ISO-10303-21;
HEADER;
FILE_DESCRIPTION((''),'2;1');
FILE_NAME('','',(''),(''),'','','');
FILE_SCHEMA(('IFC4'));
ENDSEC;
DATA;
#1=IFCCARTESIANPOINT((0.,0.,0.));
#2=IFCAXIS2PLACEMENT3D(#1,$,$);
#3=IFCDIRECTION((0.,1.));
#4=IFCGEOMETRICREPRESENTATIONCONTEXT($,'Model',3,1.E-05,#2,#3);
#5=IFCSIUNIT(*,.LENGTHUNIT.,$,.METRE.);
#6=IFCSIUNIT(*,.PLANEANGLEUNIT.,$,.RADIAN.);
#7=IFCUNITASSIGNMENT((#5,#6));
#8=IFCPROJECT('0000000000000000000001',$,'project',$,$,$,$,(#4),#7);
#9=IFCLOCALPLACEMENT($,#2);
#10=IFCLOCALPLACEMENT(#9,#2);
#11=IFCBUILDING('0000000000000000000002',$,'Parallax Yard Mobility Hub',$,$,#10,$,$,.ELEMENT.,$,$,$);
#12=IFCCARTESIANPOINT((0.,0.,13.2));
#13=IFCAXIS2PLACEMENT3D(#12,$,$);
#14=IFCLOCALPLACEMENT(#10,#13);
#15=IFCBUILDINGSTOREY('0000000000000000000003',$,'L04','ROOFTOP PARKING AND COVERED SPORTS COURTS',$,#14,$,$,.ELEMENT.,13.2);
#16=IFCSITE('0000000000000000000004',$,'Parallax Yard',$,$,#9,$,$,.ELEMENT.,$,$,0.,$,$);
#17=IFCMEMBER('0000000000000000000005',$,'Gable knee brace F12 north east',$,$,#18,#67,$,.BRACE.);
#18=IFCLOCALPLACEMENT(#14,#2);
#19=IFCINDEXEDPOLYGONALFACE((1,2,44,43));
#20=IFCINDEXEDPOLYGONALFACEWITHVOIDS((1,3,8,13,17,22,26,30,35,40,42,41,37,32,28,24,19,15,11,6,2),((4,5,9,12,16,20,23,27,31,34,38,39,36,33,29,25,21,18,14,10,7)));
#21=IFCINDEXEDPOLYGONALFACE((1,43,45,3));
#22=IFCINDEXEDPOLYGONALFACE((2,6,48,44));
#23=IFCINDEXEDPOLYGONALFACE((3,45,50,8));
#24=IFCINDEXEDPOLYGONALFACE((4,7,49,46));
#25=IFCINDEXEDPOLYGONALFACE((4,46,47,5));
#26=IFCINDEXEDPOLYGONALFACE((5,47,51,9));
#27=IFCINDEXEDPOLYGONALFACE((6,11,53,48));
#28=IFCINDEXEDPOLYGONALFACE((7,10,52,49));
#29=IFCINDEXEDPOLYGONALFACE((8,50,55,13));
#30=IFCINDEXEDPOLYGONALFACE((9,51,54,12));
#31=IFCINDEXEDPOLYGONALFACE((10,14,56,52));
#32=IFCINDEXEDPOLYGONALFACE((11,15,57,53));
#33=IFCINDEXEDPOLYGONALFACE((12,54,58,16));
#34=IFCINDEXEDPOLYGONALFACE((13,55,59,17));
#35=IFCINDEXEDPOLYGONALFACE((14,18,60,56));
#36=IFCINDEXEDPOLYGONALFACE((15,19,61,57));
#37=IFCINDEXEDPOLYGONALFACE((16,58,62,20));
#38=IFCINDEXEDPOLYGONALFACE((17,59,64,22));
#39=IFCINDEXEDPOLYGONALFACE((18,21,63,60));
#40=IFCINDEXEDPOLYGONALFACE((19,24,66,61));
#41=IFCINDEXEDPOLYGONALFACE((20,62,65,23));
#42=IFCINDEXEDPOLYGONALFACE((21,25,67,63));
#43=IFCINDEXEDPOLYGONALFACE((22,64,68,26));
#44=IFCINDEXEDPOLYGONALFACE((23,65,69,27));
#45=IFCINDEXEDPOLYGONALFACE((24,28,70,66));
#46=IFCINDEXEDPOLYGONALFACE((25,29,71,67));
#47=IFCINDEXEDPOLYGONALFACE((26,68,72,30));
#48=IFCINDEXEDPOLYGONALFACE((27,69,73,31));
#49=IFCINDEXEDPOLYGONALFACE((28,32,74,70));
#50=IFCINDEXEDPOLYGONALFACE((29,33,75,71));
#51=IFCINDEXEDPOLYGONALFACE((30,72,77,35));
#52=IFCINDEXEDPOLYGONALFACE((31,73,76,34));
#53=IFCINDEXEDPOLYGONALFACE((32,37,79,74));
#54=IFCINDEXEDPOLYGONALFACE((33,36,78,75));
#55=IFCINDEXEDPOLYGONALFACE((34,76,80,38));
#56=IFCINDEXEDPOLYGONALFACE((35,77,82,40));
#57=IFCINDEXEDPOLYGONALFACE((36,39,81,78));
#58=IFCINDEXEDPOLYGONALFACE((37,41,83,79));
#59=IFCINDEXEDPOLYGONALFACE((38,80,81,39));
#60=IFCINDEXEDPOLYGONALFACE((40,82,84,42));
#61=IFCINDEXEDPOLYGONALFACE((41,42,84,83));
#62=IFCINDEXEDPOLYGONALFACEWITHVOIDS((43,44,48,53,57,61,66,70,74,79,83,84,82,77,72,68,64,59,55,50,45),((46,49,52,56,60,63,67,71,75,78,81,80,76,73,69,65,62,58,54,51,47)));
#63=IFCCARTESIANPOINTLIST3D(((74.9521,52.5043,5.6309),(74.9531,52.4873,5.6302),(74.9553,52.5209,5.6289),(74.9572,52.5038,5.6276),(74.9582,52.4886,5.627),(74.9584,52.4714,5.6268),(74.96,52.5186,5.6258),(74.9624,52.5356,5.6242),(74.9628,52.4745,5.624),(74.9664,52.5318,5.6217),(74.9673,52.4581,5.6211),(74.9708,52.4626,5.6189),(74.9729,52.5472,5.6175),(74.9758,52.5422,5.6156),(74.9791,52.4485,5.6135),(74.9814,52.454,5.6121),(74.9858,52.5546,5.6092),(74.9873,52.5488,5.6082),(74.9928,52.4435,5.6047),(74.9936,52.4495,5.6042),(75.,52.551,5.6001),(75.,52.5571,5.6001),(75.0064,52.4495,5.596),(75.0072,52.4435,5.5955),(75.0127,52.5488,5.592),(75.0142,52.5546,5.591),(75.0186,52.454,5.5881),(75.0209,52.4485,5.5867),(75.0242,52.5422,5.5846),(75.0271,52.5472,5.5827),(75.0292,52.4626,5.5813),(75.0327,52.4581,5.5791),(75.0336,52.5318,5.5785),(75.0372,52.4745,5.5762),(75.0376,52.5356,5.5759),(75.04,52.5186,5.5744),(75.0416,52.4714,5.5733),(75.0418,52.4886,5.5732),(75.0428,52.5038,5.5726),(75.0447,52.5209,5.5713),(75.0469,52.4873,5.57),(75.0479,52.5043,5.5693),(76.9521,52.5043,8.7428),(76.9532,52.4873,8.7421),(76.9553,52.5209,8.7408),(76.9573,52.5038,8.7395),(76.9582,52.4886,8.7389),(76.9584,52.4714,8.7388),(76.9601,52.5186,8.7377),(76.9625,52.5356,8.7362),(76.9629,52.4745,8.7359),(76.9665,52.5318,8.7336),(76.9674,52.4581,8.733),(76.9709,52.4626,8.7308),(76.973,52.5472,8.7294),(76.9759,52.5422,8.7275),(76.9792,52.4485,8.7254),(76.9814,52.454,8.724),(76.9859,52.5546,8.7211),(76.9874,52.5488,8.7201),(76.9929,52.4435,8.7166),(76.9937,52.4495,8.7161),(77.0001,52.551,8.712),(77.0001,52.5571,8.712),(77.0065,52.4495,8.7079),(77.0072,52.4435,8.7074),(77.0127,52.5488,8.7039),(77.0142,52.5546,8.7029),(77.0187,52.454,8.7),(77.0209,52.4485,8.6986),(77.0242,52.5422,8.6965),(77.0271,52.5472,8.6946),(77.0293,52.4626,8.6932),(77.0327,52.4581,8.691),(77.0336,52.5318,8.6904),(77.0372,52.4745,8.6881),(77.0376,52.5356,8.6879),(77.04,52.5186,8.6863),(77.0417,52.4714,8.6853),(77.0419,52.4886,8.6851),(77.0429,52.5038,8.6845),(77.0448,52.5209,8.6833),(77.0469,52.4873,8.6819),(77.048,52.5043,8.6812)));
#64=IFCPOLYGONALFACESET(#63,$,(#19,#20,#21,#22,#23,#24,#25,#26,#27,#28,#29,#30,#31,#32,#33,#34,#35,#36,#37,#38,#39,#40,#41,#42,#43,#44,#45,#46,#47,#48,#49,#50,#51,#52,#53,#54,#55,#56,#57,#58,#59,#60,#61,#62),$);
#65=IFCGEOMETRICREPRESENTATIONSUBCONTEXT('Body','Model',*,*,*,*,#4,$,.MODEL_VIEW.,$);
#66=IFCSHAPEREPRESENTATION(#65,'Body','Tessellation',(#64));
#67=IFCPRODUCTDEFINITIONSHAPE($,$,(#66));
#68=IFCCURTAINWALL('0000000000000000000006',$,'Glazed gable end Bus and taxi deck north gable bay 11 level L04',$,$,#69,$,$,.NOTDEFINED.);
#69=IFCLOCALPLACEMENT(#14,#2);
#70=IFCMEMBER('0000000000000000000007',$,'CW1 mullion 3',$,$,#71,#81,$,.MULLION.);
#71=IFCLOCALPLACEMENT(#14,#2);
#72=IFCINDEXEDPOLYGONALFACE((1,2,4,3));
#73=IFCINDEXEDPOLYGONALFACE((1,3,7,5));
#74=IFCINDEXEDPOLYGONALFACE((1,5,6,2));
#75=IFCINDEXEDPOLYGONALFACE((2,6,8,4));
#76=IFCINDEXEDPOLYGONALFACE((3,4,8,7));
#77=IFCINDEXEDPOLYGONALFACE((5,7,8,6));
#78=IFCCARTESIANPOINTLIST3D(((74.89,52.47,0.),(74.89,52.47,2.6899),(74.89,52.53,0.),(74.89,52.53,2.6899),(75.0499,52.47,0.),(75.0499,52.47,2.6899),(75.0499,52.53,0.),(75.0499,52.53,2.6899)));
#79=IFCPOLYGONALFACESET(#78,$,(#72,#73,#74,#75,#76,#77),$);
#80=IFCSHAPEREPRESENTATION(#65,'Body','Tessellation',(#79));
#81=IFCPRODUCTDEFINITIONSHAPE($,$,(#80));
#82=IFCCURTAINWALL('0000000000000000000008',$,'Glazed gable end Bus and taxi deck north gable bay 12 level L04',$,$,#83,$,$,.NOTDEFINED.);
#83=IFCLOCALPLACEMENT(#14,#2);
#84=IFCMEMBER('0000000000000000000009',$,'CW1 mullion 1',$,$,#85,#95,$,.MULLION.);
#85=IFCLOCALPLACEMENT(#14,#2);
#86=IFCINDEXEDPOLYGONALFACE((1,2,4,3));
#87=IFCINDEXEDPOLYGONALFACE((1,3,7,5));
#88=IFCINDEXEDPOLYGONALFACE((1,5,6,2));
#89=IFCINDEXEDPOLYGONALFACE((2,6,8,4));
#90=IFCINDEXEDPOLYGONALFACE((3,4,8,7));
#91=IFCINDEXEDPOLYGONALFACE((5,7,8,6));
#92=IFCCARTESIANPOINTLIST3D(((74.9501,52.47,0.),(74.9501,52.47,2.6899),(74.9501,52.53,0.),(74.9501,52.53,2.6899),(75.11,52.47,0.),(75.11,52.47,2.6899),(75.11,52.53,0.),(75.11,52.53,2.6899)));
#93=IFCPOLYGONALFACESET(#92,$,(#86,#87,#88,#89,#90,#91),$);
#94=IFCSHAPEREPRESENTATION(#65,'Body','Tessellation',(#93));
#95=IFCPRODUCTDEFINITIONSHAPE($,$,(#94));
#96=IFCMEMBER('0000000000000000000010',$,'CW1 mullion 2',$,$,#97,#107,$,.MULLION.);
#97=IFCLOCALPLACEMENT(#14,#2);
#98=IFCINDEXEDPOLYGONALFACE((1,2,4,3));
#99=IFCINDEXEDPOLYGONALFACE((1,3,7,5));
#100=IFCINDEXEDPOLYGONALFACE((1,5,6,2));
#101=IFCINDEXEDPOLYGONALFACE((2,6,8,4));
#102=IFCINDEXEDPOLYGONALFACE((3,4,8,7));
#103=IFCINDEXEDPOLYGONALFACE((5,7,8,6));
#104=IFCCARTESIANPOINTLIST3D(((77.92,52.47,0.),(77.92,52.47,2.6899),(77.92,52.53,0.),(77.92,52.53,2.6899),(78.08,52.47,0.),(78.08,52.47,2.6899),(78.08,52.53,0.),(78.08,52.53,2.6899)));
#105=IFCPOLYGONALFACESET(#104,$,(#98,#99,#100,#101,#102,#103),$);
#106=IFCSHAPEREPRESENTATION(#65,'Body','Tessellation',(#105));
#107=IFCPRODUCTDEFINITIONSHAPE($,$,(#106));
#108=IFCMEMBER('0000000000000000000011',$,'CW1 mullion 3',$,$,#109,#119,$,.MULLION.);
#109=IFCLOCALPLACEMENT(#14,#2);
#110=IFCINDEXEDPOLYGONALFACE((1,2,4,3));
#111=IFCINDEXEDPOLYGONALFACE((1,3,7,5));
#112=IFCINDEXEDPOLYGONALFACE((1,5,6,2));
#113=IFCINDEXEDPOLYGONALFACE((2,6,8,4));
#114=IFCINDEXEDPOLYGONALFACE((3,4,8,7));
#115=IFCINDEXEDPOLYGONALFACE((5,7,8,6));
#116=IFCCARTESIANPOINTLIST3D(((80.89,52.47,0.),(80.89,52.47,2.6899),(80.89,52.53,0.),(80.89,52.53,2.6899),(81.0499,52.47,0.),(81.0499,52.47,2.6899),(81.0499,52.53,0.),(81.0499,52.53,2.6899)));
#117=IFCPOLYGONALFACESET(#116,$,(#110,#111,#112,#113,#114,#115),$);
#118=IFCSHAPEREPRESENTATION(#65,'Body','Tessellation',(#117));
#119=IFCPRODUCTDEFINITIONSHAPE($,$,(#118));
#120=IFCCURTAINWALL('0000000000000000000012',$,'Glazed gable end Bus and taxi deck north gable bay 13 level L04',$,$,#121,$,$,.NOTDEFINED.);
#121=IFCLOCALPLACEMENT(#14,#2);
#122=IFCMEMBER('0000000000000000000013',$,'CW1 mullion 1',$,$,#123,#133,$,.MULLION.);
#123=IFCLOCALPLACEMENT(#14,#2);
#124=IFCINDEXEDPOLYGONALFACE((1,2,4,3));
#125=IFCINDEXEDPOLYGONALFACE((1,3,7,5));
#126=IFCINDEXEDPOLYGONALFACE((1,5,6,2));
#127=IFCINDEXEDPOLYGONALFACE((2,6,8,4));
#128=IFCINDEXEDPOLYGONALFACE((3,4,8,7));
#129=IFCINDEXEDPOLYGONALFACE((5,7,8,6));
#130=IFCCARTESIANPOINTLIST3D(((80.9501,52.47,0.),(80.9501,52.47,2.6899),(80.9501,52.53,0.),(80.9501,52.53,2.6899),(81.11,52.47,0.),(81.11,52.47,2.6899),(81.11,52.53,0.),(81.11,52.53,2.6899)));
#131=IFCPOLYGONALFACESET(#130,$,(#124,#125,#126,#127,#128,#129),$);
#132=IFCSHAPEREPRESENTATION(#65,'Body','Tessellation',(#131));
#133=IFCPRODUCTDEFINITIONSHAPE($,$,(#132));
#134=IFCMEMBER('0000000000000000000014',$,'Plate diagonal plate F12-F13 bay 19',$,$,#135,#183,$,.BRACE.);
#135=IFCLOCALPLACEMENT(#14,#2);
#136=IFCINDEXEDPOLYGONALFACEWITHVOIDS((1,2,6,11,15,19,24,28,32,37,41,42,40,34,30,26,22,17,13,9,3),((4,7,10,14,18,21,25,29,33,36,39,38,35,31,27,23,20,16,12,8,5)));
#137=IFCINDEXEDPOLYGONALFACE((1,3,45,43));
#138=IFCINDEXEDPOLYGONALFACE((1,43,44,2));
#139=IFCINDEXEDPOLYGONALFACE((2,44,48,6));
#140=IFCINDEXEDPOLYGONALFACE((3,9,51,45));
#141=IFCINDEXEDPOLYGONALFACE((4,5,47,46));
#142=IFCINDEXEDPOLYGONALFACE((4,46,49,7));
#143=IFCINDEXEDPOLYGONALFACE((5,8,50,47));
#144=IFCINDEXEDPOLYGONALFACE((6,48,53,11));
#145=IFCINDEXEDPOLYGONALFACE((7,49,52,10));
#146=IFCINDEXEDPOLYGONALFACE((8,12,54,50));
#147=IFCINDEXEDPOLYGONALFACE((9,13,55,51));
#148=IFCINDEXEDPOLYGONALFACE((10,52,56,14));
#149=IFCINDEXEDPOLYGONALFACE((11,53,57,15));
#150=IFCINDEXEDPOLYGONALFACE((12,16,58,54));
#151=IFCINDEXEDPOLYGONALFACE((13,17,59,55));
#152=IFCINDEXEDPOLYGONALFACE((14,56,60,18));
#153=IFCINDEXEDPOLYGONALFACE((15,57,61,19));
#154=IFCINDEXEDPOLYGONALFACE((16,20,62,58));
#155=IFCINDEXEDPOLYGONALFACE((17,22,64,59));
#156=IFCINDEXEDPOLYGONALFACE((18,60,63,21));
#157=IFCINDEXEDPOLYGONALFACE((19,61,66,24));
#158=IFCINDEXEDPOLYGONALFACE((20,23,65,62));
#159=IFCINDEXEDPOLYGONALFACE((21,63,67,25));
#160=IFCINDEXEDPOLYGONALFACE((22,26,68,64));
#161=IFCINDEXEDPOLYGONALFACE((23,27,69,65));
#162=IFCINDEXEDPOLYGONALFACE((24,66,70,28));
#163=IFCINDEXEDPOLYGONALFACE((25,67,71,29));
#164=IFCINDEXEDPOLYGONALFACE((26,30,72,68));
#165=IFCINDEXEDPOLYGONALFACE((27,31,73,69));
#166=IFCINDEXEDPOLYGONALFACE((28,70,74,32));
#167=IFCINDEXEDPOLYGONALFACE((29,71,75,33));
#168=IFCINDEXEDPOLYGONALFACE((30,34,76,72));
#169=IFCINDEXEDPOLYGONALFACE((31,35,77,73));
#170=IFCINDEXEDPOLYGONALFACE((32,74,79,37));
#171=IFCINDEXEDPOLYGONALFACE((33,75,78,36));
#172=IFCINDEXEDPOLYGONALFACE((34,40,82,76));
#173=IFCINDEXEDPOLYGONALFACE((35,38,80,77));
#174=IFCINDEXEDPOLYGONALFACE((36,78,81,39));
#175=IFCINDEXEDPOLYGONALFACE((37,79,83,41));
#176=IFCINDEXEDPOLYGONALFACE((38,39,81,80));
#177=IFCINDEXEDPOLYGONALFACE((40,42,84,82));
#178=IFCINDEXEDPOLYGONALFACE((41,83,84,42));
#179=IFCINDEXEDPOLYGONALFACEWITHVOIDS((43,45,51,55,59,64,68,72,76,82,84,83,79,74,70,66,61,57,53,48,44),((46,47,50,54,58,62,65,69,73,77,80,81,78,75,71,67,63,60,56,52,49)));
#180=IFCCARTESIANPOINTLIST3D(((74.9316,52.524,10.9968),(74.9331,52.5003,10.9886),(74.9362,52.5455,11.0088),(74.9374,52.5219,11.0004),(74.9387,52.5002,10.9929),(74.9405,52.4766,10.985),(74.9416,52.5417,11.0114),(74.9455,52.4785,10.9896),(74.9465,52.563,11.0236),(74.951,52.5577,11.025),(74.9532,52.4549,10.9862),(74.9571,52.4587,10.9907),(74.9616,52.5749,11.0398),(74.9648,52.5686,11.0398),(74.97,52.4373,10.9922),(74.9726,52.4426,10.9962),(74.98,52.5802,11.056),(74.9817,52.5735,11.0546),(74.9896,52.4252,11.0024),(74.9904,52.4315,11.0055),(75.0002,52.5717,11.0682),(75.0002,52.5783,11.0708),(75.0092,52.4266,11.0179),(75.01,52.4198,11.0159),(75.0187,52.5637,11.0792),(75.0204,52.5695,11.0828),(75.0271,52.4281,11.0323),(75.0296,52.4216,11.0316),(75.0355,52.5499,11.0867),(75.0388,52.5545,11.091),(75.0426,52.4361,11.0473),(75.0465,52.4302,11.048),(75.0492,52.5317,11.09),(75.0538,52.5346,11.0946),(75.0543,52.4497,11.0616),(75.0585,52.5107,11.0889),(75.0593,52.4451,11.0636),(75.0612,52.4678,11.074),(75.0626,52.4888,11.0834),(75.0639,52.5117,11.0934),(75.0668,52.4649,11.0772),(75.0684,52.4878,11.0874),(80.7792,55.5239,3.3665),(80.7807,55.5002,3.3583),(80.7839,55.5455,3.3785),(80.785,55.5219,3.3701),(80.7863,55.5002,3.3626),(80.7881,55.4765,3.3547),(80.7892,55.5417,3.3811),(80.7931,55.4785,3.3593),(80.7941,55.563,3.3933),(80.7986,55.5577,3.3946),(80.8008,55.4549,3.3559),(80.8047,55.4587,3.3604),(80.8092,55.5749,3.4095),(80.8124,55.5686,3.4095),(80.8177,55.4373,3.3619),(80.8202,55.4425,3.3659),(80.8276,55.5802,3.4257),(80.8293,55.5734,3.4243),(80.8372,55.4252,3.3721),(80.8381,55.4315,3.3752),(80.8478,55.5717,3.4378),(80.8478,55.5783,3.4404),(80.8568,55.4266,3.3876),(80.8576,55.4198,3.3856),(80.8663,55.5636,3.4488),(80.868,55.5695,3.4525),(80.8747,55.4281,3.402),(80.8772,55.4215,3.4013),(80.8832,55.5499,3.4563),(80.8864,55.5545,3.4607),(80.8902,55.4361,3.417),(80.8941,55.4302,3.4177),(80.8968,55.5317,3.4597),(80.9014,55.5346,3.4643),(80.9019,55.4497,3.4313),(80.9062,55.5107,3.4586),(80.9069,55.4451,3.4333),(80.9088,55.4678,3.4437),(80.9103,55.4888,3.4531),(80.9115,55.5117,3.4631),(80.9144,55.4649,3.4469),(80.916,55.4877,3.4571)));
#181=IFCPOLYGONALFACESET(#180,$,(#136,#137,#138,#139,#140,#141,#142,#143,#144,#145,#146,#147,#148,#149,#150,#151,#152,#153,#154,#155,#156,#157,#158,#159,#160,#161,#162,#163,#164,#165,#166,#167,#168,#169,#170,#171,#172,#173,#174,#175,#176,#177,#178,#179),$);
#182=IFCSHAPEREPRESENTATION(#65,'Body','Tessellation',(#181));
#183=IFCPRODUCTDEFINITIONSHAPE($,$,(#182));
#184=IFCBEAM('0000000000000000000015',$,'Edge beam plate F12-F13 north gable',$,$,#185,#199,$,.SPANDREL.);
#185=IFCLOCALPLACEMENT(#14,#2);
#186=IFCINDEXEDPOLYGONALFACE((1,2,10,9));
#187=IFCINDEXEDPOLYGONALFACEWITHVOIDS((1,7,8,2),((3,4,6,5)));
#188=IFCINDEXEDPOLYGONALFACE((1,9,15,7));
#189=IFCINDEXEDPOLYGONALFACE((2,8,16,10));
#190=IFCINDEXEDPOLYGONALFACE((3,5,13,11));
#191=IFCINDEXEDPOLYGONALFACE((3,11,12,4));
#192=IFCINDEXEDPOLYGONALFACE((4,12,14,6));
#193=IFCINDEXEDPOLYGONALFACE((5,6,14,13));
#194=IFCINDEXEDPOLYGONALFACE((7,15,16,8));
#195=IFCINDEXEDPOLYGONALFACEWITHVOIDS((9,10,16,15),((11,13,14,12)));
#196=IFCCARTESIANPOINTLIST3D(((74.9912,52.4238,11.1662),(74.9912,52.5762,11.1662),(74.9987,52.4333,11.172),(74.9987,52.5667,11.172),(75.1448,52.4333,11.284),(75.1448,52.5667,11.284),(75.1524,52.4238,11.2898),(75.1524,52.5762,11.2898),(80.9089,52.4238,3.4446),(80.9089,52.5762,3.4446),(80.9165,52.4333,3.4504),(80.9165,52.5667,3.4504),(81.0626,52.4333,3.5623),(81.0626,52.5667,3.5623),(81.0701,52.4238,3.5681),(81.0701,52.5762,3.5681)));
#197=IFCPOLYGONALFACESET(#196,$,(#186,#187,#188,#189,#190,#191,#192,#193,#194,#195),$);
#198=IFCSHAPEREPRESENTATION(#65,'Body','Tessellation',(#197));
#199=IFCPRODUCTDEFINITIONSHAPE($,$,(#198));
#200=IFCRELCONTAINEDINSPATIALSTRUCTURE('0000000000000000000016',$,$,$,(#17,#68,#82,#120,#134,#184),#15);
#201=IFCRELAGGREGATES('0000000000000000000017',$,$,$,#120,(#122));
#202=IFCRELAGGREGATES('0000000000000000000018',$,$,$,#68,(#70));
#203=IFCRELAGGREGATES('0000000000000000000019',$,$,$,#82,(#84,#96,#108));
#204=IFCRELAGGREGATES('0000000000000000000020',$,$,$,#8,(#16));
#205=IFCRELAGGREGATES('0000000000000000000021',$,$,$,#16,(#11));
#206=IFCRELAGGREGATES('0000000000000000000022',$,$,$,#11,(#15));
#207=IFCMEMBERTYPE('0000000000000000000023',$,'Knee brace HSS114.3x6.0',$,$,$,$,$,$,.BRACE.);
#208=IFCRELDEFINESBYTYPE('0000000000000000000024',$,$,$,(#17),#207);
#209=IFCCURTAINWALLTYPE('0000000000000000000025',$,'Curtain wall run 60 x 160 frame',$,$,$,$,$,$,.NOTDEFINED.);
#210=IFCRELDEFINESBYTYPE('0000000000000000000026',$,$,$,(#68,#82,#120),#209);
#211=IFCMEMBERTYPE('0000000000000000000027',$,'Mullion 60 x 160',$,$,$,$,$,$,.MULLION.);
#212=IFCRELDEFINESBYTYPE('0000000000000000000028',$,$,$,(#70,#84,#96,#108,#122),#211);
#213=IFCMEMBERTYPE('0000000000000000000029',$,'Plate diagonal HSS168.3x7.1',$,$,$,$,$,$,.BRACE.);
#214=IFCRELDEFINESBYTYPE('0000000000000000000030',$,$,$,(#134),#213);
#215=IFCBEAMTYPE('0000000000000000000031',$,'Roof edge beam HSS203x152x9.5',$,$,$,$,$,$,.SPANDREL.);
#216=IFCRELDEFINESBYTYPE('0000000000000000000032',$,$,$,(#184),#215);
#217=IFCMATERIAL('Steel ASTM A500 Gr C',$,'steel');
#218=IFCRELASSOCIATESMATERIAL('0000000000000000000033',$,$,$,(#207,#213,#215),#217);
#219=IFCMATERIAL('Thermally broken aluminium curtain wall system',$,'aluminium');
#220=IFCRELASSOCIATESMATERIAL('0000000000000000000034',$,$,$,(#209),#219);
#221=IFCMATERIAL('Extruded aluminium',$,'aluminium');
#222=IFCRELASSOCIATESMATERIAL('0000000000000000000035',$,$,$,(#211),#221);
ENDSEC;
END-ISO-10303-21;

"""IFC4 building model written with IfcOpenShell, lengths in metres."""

from ifc_helpers import new_model, si_unit, direction, frame, origin, origin_2d, place, context, subcontext, project, spatial, rectangle, hollow_rectangle, hollow_circle, extrude, material, material_profile, profile_set, type_object, element, aggregate, save


model = new_model("IFC4")

# Units and contexts
model_context = context("Model", 3, precision=1e-05, world=origin(), true_north=direction((0.0, 1.0)))
body_context = subcontext(model_context, "Body", "Model", "MODEL_VIEW")
ifc_project = project(units=[si_unit("LENGTHUNIT", "METRE"), si_unit("PLANEANGLEUNIT", "RADIAN")], contexts=[model_context])

# Site, building, storey
site_placement = place(None, origin())
site = spatial("IfcSite", under=ifc_project, at=site_placement, Name="Parallax Yard", CompositionType="ELEMENT", RefElevation=0.0)
building_placement = place(site_placement, origin())
building = spatial("IfcBuilding", under=site, at=building_placement, Name="Parallax Yard Mobility Hub", CompositionType="ELEMENT")
storey_placement = place(building_placement, frame((0.0, 0.0, 13.2)))
storey = spatial("IfcBuildingStorey", under=building, at=storey_placement, Name="L04", Description="ROOFTOP PARKING AND COVERED SPORTS COURTS", CompositionType="ELEMENT", Elevation=13.2)

# Member
ifc_material_1 = material(Name="Steel ASTM A500 Gr C", Category="steel")
ifc_material_profile_1 = material_profile(ifc_material_1, hollow_circle(Radius=0.0571, WallThickness=0.0061, at=origin_2d()), Name="HSS114.3x6.0")
ifc_profile_set_1 = profile_set([ifc_material_profile_1], Name="Steel ASTM A500 Gr C")
member_type_1 = type_object("IfcMemberType", Name="Knee brace HSS114.3x6.0", PredefinedType="BRACE", material=ifc_profile_set_1)
for number, where, z_axis, x_axis, name in (
    (1, (75.0, 52.5, 5.6001), (0.540671, 0.0, 0.841234), (0.0, 1.0, 0.0), "Gable knee brace F12 north east"),
):
    element("IfcMember", number, at=place(storey_placement, frame(where, z_axis=z_axis, x_axis=x_axis)), inside=storey, type_object=member_type_1, Name=name, PredefinedType="BRACE", context=body_context, shape_type="SweptSolid", body=[
        extrude(hollow_circle(Radius=0.0571, WallThickness=0.0061, at=origin_2d()), origin(), (0.0, 0.0, 1.0), 3.6992),
    ])

# Curtain wall, member
ifc_material_2 = material(Name="Thermally broken aluminium curtain wall system", Category="aluminium")
curtain_wall_type = type_object("IfcCurtainWallType", Name="Curtain wall run 60 x 160 frame", PredefinedType="NOTDEFINED", material=ifc_material_2)
curtain_wall_1_placement = place(storey_placement, origin())
curtain_wall_1 = element("IfcCurtainWall", 2, at=curtain_wall_1_placement, inside=storey, type_object=curtain_wall_type, Name="Glazed gable end Bus and taxi deck north gable bay 11 level L04", PredefinedType="NOTDEFINED")
ifc_material_3 = material(Name="Extruded aluminium", Category="aluminium")
ifc_material_profile_2 = material_profile(ifc_material_3, rectangle(XDim=0.0601, YDim=0.1599, at=origin_2d()), Name="Mullion 60 x 160")
ifc_profile_set_2 = profile_set([ifc_material_profile_2], Name="Extruded aluminium")
member_type_2 = type_object("IfcMemberType", Name="Mullion 60 x 160", PredefinedType="MULLION", material=ifc_profile_set_2)
member_1_placement = place(storey_placement, frame((74.97, 52.5, 0.0), z_axis=(0.0, 0.0, 1.0), x_axis=(0.0, 1.0, 0.0)))
member_1 = element("IfcMember", 3, at=member_1_placement, type_object=member_type_2, Name="CW1 mullion 3", PredefinedType="MULLION", context=body_context, shape_type="SweptSolid", body=[
    extrude(rectangle(XDim=0.0601, YDim=0.1599, at=origin_2d()), origin(), (0.0, 0.0, 1.0), 2.6899),
])

# Curtain wall, members
curtain_wall_2_placement = place(storey_placement, origin())
curtain_wall_2 = element("IfcCurtainWall", 4, at=curtain_wall_2_placement, inside=storey, type_object=curtain_wall_type, Name="Glazed gable end Bus and taxi deck north gable bay 12 level L04", PredefinedType="NOTDEFINED")
member_2_placement = place(storey_placement, frame((75.03, 52.5, 0.0), z_axis=(0.0, 0.0, 1.0), x_axis=(0.0, 1.0, 0.0)))
member_2 = element("IfcMember", 5, at=member_2_placement, type_object=member_type_2, Name="CW1 mullion 1", PredefinedType="MULLION", context=body_context, shape_type="SweptSolid", body=[
    extrude(rectangle(XDim=0.0601, YDim=0.1599, at=origin_2d()), origin(), (0.0, 0.0, 1.0), 2.6899),
])
member_3_placement = place(storey_placement, frame((78.0, 52.5, 0.0), z_axis=(0.0, 0.0, 1.0), x_axis=(0.0, 1.0, 0.0)))
member_3 = element("IfcMember", 6, at=member_3_placement, type_object=member_type_2, Name="CW1 mullion 2", PredefinedType="MULLION", context=body_context, shape_type="SweptSolid", body=[
    extrude(rectangle(XDim=0.0601, YDim=0.1599, at=origin_2d()), origin(), (0.0, 0.0, 1.0), 2.6899),
])
member_4_placement = place(storey_placement, frame((80.97, 52.5, 0.0), z_axis=(0.0, 0.0, 1.0), x_axis=(0.0, 1.0, 0.0)))
member_4 = element("IfcMember", 7, at=member_4_placement, type_object=member_type_2, Name="CW1 mullion 3", PredefinedType="MULLION", context=body_context, shape_type="SweptSolid", body=[
    extrude(rectangle(XDim=0.0601, YDim=0.1599, at=origin_2d()), origin(), (0.0, 0.0, 1.0), 2.6899),
])

# Curtain wall, member
curtain_wall_3_placement = place(storey_placement, origin())
curtain_wall_3 = element("IfcCurtainWall", 8, at=curtain_wall_3_placement, inside=storey, type_object=curtain_wall_type, Name="Glazed gable end Bus and taxi deck north gable bay 13 level L04", PredefinedType="NOTDEFINED")
member_5_placement = place(storey_placement, frame((81.03, 52.5, 0.0), z_axis=(0.0, 0.0, 1.0), x_axis=(0.0, 1.0, 0.0)))
member_5 = element("IfcMember", 9, at=member_5_placement, type_object=member_type_2, Name="CW1 mullion 1", PredefinedType="MULLION", context=body_context, shape_type="SweptSolid", body=[
    extrude(rectangle(XDim=0.0601, YDim=0.1599, at=origin_2d()), origin(), (0.0, 0.0, 1.0), 2.6899),
])

# Member
ifc_material_profile_3 = material_profile(ifc_material_1, hollow_circle(Radius=0.0842, WallThickness=0.0071, at=origin_2d()), Name="HSS168.3x7.1")
ifc_profile_set_3 = profile_set([ifc_material_profile_3], Name="Steel ASTM A500 Gr C")
member_type_3 = type_object("IfcMemberType", Name="Plate diagonal HSS168.3x7.1", PredefinedType="BRACE", material=ifc_profile_set_3)
member_6_placement = place(storey_placement, frame((75.0, 52.5, 11.0398), z_axis=(0.580664, 0.297896, -0.757685), x_axis=(-0.456461, 0.889743, 0.0)))
element("IfcMember", 10, at=member_6_placement, inside=storey, type_object=member_type_3, Name="Plate diagonal plate F12-F13 bay 19", PredefinedType="BRACE", context=body_context, shape_type="SweptSolid", body=[
    extrude(hollow_circle(Radius=0.0842, WallThickness=0.0071, at=origin_2d()), origin(), (0.0, 0.0, 1.0), 10.0706),
])

# Beam
ifc_material_profile_4 = material_profile(ifc_material_1, hollow_rectangle(XDim=0.1523, YDim=0.2031, WallThickness=0.0095, at=origin_2d()), Name="HSS203x152x9.5")
ifc_profile_set_4 = profile_set([ifc_material_profile_4], Name="Steel ASTM A500 Gr C")
beam_type = type_object("IfcBeamType", Name="Roof edge beam HSS203x152x9.5", PredefinedType="SPANDREL", material=ifc_profile_set_4)
beam_1_placement = place(storey_placement, frame((75.0718, 52.5, 11.228), z_axis=(0.608287, 0.0, -0.793717), x_axis=(0.0, 1.0, 0.0)))
element("IfcBeam", 11, at=beam_1_placement, inside=storey, type_object=beam_type, Name="Edge beam plate F12-F13 north gable", PredefinedType="SPANDREL", context=body_context, shape_type="SweptSolid", body=[
    extrude(hollow_rectangle(XDim=0.1523, YDim=0.2031, WallThickness=0.0095, at=origin_2d()), origin(), (0.0, 0.0, 1.0), 9.7285),
])

aggregate(curtain_wall_3, [member_5])

aggregate(curtain_wall_1, [member_1])
aggregate(curtain_wall_2, [member_2, member_3, member_4])

save(model, "model.ifc")
